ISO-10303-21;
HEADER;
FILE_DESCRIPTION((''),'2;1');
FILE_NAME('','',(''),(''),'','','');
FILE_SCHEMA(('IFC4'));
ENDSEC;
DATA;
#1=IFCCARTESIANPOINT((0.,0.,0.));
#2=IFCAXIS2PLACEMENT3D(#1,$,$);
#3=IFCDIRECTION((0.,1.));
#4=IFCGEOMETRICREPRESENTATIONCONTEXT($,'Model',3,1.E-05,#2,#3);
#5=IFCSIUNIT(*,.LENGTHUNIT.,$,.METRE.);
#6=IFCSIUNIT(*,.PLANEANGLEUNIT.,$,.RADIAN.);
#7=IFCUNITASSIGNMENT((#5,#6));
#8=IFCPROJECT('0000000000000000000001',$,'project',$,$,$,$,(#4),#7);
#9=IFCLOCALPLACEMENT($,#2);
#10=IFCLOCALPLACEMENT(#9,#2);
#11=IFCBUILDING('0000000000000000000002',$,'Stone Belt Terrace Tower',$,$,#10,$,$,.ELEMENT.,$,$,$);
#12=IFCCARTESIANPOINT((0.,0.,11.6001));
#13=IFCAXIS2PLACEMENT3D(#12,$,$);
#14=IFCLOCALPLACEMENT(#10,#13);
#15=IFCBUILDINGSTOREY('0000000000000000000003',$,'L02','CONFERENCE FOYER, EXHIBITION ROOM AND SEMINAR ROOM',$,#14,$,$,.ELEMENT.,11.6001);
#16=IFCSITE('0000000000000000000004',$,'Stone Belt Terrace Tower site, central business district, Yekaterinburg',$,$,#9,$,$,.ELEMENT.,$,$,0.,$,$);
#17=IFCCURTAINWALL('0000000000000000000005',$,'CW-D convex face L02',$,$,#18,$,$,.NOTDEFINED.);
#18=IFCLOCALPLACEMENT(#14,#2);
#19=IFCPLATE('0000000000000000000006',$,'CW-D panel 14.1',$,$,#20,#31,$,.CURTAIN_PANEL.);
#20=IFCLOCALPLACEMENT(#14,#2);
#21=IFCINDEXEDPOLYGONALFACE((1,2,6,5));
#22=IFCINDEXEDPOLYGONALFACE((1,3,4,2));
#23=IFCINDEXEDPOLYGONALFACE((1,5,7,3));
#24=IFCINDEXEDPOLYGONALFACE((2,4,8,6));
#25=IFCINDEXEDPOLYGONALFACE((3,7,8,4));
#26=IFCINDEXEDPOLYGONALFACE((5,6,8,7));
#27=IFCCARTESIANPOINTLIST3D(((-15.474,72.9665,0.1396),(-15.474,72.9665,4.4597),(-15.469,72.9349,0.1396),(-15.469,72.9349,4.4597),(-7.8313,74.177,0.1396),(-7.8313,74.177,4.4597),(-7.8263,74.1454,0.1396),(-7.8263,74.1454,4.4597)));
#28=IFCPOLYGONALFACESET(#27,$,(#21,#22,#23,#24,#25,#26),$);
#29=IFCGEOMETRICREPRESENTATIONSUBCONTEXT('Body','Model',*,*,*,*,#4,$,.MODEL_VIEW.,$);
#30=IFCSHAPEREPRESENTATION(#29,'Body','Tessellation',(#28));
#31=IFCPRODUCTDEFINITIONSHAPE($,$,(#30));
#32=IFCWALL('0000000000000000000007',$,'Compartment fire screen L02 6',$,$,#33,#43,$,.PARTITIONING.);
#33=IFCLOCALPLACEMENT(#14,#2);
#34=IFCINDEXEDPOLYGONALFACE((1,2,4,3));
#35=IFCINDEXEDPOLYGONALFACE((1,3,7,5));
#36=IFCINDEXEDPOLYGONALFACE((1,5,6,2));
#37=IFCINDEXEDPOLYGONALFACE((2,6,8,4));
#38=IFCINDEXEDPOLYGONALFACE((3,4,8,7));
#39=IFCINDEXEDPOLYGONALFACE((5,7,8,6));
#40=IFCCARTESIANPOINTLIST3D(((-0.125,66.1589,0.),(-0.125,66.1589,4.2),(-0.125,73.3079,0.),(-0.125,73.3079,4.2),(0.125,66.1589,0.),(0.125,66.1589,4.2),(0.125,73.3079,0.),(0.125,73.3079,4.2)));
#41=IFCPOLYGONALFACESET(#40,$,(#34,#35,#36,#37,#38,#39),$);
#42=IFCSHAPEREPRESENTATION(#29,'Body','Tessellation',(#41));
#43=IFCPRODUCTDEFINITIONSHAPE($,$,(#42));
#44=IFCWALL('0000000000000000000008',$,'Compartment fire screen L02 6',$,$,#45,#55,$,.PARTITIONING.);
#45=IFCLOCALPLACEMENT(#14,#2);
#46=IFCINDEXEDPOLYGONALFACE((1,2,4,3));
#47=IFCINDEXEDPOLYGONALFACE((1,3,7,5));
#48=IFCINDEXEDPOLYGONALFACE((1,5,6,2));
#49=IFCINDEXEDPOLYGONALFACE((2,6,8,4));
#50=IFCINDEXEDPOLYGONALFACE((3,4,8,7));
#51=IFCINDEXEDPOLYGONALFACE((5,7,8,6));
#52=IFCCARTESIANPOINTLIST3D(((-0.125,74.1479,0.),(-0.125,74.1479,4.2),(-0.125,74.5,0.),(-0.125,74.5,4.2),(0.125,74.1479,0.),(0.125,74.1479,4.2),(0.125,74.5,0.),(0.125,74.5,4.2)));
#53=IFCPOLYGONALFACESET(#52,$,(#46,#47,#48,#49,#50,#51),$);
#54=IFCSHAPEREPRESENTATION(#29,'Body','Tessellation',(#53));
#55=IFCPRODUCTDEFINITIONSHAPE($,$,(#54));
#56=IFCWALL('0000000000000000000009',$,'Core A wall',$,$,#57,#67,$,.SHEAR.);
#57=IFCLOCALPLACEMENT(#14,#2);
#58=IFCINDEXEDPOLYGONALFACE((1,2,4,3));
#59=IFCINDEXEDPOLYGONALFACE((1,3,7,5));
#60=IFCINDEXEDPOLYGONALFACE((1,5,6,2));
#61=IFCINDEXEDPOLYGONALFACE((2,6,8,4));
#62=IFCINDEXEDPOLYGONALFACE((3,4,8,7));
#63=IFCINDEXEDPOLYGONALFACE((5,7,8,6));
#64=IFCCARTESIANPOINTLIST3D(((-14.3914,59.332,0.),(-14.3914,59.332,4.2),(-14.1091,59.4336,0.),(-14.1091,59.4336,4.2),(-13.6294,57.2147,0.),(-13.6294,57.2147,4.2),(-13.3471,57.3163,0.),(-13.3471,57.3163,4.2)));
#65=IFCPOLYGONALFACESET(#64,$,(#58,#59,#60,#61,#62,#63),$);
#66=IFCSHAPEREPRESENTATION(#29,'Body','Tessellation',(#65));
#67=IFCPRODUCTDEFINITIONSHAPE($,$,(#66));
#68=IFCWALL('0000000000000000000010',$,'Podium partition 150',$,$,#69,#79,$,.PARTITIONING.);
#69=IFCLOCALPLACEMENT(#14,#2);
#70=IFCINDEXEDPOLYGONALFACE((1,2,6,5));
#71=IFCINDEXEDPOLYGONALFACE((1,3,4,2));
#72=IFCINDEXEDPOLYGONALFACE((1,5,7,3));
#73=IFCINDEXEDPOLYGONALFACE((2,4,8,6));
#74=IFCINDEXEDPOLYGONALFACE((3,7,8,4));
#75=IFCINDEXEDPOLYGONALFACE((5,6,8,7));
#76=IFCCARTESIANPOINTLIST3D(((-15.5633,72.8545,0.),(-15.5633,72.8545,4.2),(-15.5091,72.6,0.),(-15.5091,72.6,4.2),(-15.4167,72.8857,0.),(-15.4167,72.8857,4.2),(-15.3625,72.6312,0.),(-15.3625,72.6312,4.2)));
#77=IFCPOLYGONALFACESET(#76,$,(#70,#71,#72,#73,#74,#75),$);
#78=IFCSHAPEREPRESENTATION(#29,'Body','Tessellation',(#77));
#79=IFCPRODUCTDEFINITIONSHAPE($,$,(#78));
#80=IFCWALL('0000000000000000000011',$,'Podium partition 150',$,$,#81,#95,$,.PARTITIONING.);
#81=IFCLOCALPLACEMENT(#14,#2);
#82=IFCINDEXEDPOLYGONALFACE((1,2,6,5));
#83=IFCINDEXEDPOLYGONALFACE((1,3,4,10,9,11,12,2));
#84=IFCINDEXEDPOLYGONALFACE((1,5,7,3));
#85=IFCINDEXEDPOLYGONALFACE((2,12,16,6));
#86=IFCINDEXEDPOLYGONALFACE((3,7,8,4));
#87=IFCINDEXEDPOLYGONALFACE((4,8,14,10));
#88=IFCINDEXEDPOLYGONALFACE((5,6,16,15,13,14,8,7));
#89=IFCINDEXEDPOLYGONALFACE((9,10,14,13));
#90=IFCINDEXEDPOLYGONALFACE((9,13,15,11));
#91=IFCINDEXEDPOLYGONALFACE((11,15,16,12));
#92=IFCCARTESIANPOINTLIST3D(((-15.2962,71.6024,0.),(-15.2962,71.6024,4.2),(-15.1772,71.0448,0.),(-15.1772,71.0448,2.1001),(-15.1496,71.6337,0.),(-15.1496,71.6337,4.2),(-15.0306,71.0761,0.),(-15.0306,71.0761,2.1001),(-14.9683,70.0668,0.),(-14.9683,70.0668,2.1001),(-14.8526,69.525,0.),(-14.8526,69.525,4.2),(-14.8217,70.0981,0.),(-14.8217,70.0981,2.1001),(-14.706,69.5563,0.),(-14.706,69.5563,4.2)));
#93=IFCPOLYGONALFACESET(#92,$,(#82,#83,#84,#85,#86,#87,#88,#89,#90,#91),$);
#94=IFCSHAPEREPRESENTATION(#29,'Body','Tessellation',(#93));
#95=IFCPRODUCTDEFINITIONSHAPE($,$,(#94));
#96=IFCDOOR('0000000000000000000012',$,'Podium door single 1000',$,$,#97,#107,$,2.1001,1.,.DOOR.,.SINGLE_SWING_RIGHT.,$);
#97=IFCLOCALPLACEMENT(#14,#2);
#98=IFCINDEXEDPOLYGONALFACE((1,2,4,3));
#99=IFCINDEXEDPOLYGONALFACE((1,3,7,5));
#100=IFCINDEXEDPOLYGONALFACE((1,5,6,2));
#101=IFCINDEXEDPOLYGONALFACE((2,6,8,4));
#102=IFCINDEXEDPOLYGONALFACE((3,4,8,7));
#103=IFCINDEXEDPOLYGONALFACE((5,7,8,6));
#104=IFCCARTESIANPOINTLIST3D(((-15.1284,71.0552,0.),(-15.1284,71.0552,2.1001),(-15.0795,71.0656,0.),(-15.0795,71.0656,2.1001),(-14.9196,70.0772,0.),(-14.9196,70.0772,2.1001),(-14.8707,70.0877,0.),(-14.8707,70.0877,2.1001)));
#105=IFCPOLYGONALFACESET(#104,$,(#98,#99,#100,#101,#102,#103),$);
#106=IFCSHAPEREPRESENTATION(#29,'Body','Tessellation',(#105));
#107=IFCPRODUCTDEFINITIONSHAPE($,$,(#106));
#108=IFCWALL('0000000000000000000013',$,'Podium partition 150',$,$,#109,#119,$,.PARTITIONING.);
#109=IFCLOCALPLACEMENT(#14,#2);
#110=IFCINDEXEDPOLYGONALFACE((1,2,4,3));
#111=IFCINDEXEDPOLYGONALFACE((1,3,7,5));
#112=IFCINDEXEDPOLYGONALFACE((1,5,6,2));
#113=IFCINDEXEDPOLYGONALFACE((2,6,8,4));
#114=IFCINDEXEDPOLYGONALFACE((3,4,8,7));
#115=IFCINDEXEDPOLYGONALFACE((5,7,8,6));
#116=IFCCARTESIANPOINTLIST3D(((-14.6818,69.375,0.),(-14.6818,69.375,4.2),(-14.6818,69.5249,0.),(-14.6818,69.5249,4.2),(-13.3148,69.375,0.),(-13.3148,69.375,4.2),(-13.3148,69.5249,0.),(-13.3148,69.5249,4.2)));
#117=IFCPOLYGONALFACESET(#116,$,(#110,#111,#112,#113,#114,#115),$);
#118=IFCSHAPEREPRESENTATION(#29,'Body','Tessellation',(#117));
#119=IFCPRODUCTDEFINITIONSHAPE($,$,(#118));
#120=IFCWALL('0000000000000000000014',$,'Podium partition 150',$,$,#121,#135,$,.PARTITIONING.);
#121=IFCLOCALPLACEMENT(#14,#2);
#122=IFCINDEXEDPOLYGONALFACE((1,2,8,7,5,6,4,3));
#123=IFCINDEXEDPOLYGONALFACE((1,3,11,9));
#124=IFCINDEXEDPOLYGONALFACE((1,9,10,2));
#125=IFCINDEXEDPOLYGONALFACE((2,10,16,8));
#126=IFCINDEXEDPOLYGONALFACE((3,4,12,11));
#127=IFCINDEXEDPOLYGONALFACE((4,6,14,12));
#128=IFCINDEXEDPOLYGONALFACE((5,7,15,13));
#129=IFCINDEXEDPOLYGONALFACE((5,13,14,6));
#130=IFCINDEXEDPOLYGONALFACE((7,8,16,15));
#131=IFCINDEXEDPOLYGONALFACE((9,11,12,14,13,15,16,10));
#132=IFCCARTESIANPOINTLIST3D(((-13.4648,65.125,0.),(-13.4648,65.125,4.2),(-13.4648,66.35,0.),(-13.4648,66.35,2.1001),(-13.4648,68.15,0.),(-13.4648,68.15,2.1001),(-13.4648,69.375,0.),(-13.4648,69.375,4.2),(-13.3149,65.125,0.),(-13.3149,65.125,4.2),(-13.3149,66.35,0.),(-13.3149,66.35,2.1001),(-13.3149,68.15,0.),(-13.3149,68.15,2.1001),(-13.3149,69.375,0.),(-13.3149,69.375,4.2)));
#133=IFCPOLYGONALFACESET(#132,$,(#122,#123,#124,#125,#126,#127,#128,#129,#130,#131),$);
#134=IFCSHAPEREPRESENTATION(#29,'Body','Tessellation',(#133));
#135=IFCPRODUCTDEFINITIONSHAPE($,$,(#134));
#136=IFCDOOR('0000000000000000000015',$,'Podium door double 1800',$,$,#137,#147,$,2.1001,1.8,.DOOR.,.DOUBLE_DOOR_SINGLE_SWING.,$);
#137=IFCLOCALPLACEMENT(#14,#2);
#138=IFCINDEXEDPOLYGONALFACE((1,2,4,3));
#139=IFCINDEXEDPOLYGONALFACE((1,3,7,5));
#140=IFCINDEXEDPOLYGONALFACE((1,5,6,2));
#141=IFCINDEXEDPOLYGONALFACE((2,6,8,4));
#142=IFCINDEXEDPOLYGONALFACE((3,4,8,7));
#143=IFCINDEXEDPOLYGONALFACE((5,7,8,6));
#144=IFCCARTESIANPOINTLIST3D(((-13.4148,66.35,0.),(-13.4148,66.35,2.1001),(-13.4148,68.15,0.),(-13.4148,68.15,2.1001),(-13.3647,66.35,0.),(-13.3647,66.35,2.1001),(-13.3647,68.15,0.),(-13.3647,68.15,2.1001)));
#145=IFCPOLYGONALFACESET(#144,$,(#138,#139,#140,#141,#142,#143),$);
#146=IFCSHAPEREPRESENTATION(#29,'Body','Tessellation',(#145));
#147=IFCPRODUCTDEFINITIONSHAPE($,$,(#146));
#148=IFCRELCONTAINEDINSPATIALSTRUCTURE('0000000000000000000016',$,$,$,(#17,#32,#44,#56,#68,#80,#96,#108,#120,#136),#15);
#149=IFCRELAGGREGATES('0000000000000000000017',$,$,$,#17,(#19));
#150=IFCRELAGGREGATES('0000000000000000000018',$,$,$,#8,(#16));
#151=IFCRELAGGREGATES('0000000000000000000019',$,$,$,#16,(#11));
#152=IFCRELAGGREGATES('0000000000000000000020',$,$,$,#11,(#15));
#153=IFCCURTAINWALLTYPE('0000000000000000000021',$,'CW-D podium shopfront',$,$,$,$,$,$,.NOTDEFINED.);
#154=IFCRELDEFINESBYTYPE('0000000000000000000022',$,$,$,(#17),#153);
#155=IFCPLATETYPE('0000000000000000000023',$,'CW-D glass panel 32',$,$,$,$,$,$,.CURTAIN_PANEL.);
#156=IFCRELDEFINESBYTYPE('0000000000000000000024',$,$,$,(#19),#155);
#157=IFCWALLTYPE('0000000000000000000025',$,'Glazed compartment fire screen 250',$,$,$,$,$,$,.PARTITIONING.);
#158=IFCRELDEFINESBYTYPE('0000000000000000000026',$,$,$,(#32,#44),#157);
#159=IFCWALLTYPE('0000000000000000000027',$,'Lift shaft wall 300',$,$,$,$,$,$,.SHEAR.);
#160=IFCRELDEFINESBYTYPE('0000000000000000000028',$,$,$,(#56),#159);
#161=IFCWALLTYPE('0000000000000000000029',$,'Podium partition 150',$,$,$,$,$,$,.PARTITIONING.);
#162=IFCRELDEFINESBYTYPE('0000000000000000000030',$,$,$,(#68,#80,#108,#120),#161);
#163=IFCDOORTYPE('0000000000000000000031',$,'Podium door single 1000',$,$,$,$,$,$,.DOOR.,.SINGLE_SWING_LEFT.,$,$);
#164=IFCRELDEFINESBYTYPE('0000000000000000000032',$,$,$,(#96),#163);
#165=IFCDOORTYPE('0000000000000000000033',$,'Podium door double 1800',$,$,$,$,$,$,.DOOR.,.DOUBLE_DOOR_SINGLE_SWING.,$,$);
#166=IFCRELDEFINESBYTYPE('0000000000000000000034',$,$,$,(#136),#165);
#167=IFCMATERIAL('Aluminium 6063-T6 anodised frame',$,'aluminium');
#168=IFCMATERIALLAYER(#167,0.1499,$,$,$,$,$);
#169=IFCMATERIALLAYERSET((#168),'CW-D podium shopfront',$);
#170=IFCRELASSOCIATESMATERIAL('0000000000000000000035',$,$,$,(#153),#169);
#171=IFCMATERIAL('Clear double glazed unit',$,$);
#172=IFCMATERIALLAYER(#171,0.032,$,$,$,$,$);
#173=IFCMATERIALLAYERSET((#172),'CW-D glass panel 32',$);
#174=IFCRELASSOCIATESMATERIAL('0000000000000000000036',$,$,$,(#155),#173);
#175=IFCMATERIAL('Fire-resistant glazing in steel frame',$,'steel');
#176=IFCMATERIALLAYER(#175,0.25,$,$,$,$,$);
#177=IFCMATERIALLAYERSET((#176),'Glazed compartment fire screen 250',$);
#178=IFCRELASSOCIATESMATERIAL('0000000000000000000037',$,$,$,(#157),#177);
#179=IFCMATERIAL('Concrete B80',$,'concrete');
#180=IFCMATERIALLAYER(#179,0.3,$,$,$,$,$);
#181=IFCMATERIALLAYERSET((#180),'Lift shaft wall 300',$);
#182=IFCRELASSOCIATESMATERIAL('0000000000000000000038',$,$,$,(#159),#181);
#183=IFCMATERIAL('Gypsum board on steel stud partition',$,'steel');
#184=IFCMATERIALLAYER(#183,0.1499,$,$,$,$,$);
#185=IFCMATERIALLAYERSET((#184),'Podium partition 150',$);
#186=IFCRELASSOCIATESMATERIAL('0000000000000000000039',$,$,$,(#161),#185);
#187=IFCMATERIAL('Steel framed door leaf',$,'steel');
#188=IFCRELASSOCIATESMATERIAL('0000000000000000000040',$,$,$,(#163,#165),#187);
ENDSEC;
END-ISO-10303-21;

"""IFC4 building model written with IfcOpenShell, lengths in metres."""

from ifc_helpers import new_model, si_unit, direction, frame, frame_2d, origin, origin_2d, place, context, subcontext, project, spatial, rectangle, extrude, material, layer, layer_set, type_object, element, fill, aggregate, save


model = new_model("IFC4")

# Units and contexts
model_context = context("Model", 3, precision=1e-05, world=origin(), true_north=direction((0.0, 1.0)))
body_context = subcontext(model_context, "Body", "Model", "MODEL_VIEW")
ifc_project = project(units=[si_unit("LENGTHUNIT", "METRE"), si_unit("PLANEANGLEUNIT", "RADIAN")], contexts=[model_context])

# Site, building, storey
site_placement = place(None, origin())
site = spatial("IfcSite", under=ifc_project, at=site_placement, Name="Stone Belt Terrace Tower site, central business district, Yekaterinburg", CompositionType="ELEMENT", RefElevation=0.0)
building_placement = place(site_placement, origin())
building = spatial("IfcBuilding", under=site, at=building_placement, Name="Stone Belt Terrace Tower", CompositionType="ELEMENT")
storey_placement = place(building_placement, frame((0.0, 0.0, 11.6001)))
storey = spatial("IfcBuildingStorey", under=building, at=storey_placement, Name="L02", Description="CONFERENCE FOYER, EXHIBITION ROOM AND SEMINAR ROOM", CompositionType="ELEMENT", Elevation=11.6001)

# Shared definitions
ifc_material_1 = material(Name="Concrete B80", Category="concrete")

# Curtain wall, plate
ifc_material_2 = material(Name="Aluminium 6063-T6 anodised frame", Category="aluminium")
ifc_layer_1 = layer(ifc_material_2, 0.1499)
ifc_layer_set_1 = layer_set([ifc_layer_1], Name="CW-D podium shopfront")
curtain_wall_type = type_object("IfcCurtainWallType", Name="CW-D podium shopfront", PredefinedType="NOTDEFINED", material=ifc_layer_set_1)
curtain_wall_placement = place(storey_placement, origin())
curtain_wall = element("IfcCurtainWall", 1, at=curtain_wall_placement, inside=storey, type_object=curtain_wall_type, Name="CW-D convex face L02", PredefinedType="NOTDEFINED")
ifc_material_3 = material(Name="Clear double glazed unit")
ifc_layer_2 = layer(ifc_material_3, 0.032)
ifc_layer_set_2 = layer_set([ifc_layer_2], Name="CW-D glass panel 32")
plate_type = type_object("IfcPlateType", Name="CW-D glass panel 32", PredefinedType="CURTAIN_PANEL", material=ifc_layer_set_2)
plate_1_placement = place(storey_placement, frame((-11.6501, 73.5559, 0.1396), z_axis=(0.0, 0.0, 1.0), x_axis=(-0.987688, -0.156434, 0.0)))
plate_1 = element("IfcPlate", 2, at=plate_1_placement, type_object=plate_type, Name="CW-D panel 14.1", PredefinedType="CURTAIN_PANEL", context=body_context, shape_type="SweptSolid", body=[
    extrude(rectangle(XDim=7.738, YDim=0.032, at=origin_2d()), origin(), (0.0, 0.0, 1.0), 4.3201),
])
aggregate(curtain_wall, [plate_1])

# Walls
ifc_material_4 = material(Name="Fire-resistant glazing in steel frame", Category="steel")
ifc_layer_3 = layer(ifc_material_4, 0.25)
ifc_layer_set_3 = layer_set([ifc_layer_3], Name="Glazed compartment fire screen 250")
wall_type_1 = type_object("IfcWallType", Name="Glazed compartment fire screen 250", PredefinedType="PARTITIONING", material=ifc_layer_set_3)
wall_1_placement = place(storey_placement, frame((0.0, 66.1589, 0.0), z_axis=(0.0, 0.0, 1.0), x_axis=(0.0, 1.0, 0.0)))
element("IfcWall", 3, at=wall_1_placement, inside=storey, type_object=wall_type_1, Name="Compartment fire screen L02 6", PredefinedType="PARTITIONING", context=body_context, shape_type="SweptSolid", body=[
    extrude(rectangle(XDim=7.1489, YDim=0.25, at=frame_2d((3.5745, 0.0))), origin(), (0.0, 0.0, 1.0), 4.2),
])
wall_2_placement = place(storey_placement, frame((0.0, 74.1479, 0.0), z_axis=(0.0, 0.0, 1.0), x_axis=(0.0, 1.0, 0.0)))
element("IfcWall", 4, at=wall_2_placement, inside=storey, type_object=wall_type_1, Name="Compartment fire screen L02 6", PredefinedType="PARTITIONING", context=body_context, shape_type="SweptSolid", body=[
    extrude(rectangle(XDim=0.3521, YDim=0.25, at=frame_2d((0.176, 0.0))), origin(), (0.0, 0.0, 1.0), 4.2),
])
ifc_layer_4 = layer(ifc_material_1, 0.3)
ifc_layer_set_4 = layer_set([ifc_layer_4], Name="Lift shaft wall 300")
wall_type_2 = type_object("IfcWallType", Name="Lift shaft wall 300", PredefinedType="SHEAR", material=ifc_layer_set_4)
wall_3_placement = place(storey_placement, frame((-13.4883, 57.2656, 0.0), z_axis=(0.0, 0.0, 1.0), x_axis=(-0.338631, 0.940919, 0.0)))
element("IfcWall", 5, at=wall_3_placement, inside=storey, type_object=wall_type_2, Name="Core A wall", PredefinedType="SHEAR", context=body_context, shape_type="SweptSolid", body=[
    extrude(rectangle(XDim=2.2502, YDim=0.3, at=frame_2d((1.125, 0.0))), origin(), (0.0, 0.0, 1.0), 4.2),
])
ifc_material_5 = material(Name="Gypsum board on steel stud partition", Category="steel")
ifc_layer_5 = layer(ifc_material_5, 0.1499)
ifc_layer_set_5 = layer_set([ifc_layer_5], Name="Podium partition 150")
wall_type_3 = type_object("IfcWallType", Name="Podium partition 150", PredefinedType="PARTITIONING", material=ifc_layer_set_5)
wall_4_placement = place(storey_placement, frame((-15.49, 72.8701, 0.0), z_axis=(0.0, 0.0, 1.0), x_axis=(0.208184, -0.97809, 0.0)))
element("IfcWall", 6, at=wall_4_placement, inside=storey, type_object=wall_type_3, Name="Podium partition 150", PredefinedType="PARTITIONING", context=body_context, shape_type="SweptSolid", body=[
    extrude(rectangle(XDim=0.2603, YDim=0.1499, at=frame_2d((0.1301, 0.0))), origin(), (0.0, 0.0, 1.0), 4.2),
])

# Wall, opening, door
wall_5_placement = place(storey_placement, frame((-15.2229, 71.6179, 0.0), z_axis=(0.0, 0.0, 1.0), x_axis=(0.20883, -0.977952, 0.0)))
wall_5 = element("IfcWall", 7, at=wall_5_placement, inside=storey, type_object=wall_type_3, Name="Podium partition 150", PredefinedType="PARTITIONING", context=body_context, shape_type="SweptSolid", body=[
    extrude(rectangle(XDim=2.1243, YDim=0.1499, at=frame_2d((1.062, 0.0))), origin(), (0.0, 0.0, 1.0), 4.2),
])
opening_1_placement = place(wall_5_placement, frame((0.5701, 0.0, 0.0)))
opening_1 = element("IfcOpeningElement", 8, at=opening_1_placement, cuts=wall_5, PredefinedType="OPENING", context=body_context, shape_type="SweptSolid", body=[
    extrude(rectangle(XDim=1.0, YDim=2.1001, at=frame_2d((0.5, 1.05))), frame((0.0, 0.085, 0.0), z_axis=(0.0, -1.0, 0.0), x_axis=(1.0, 0.0, 0.0)), (0.0, 0.0, 1.0), 0.1699),
])
ifc_material_6 = material(Name="Steel framed door leaf", Category="steel")
door_type_1 = type_object("IfcDoorType", Name="Podium door single 1000", OperationType="SINGLE_SWING_LEFT", PredefinedType="DOOR", material=ifc_material_6)
door_1_placement = place(opening_1_placement, origin())
door_1 = element("IfcDoor", 9, at=door_1_placement, inside=storey, type_object=door_type_1, Name="Podium door single 1000", OperationType="SINGLE_SWING_RIGHT", OverallHeight=2.1001, OverallWidth=1.0, PredefinedType="DOOR", context=body_context, shape_type="SweptSolid", body=[
    extrude(rectangle(XDim=1.0, YDim=2.1001, at=frame_2d((0.5, 1.05))), frame((0.0, 0.0249, 0.0), z_axis=(0.0, -1.0, 0.0), x_axis=(1.0, 0.0, 0.0)), (0.0, 0.0, 1.0), 0.05),
])
fill(opening_1, door_1)

# Wall
wall_6_placement = place(storey_placement, frame((-14.6819, 69.45, 0.0), z_axis=(0.0, 0.0, 1.0), x_axis=(1.0, 0.0, 0.0)))
element("IfcWall", 10, at=wall_6_placement, inside=storey, type_object=wall_type_3, Name="Podium partition 150", PredefinedType="PARTITIONING", context=body_context, shape_type="SweptSolid", body=[
    extrude(rectangle(XDim=1.3669, YDim=0.1499, at=frame_2d((0.6836, 0.0))), origin(), (0.0, 0.0, 1.0), 4.2),
])

# Wall, opening, door
wall_7_placement = place(storey_placement, frame((-13.3899, 65.125, 0.0), z_axis=(0.0, 0.0, 1.0), x_axis=(0.0, 1.0, 0.0)))
wall_7 = element("IfcWall", 11, at=wall_7_placement, inside=storey, type_object=wall_type_3, Name="Podium partition 150", PredefinedType="PARTITIONING", context=body_context, shape_type="SweptSolid", body=[
    extrude(rectangle(XDim=4.25, YDim=0.1499, at=frame_2d((2.125, 0.0))), origin(), (0.0, 0.0, 1.0), 4.2),
])
opening_2_placement = place(wall_7_placement, frame((1.2251, 0.0, 0.0)))
opening_2 = element("IfcOpeningElement", 12, at=opening_2_placement, cuts=wall_7, PredefinedType="OPENING", context=body_context, shape_type="SweptSolid", body=[
    extrude(rectangle(XDim=1.8, YDim=2.1001, at=frame_2d((0.8999, 1.05))), frame((0.0, 0.085, 0.0), z_axis=(0.0, -1.0, 0.0), x_axis=(1.0, 0.0, 0.0)), (0.0, 0.0, 1.0), 0.1699),
])
door_type_2 = type_object("IfcDoorType", Name="Podium door double 1800", OperationType="DOUBLE_DOOR_SINGLE_SWING", PredefinedType="DOOR", material=ifc_material_6)
door_2_placement = place(opening_2_placement, origin())
door_2 = element("IfcDoor", 13, at=door_2_placement, inside=storey, type_object=door_type_2, Name="Podium door double 1800", OperationType="DOUBLE_DOOR_SINGLE_SWING", OverallHeight=2.1001, OverallWidth=1.8, PredefinedType="DOOR", context=body_context, shape_type="SweptSolid", body=[
    extrude(rectangle(XDim=1.8, YDim=2.1001, at=frame_2d((0.8999, 1.05))), frame((0.0, 0.0249, 0.0), z_axis=(0.0, -1.0, 0.0), x_axis=(1.0, 0.0, 0.0)), (0.0, 0.0, 1.0), 0.05),
])
fill(opening_2, door_2)

save(model, "model.ifc")
